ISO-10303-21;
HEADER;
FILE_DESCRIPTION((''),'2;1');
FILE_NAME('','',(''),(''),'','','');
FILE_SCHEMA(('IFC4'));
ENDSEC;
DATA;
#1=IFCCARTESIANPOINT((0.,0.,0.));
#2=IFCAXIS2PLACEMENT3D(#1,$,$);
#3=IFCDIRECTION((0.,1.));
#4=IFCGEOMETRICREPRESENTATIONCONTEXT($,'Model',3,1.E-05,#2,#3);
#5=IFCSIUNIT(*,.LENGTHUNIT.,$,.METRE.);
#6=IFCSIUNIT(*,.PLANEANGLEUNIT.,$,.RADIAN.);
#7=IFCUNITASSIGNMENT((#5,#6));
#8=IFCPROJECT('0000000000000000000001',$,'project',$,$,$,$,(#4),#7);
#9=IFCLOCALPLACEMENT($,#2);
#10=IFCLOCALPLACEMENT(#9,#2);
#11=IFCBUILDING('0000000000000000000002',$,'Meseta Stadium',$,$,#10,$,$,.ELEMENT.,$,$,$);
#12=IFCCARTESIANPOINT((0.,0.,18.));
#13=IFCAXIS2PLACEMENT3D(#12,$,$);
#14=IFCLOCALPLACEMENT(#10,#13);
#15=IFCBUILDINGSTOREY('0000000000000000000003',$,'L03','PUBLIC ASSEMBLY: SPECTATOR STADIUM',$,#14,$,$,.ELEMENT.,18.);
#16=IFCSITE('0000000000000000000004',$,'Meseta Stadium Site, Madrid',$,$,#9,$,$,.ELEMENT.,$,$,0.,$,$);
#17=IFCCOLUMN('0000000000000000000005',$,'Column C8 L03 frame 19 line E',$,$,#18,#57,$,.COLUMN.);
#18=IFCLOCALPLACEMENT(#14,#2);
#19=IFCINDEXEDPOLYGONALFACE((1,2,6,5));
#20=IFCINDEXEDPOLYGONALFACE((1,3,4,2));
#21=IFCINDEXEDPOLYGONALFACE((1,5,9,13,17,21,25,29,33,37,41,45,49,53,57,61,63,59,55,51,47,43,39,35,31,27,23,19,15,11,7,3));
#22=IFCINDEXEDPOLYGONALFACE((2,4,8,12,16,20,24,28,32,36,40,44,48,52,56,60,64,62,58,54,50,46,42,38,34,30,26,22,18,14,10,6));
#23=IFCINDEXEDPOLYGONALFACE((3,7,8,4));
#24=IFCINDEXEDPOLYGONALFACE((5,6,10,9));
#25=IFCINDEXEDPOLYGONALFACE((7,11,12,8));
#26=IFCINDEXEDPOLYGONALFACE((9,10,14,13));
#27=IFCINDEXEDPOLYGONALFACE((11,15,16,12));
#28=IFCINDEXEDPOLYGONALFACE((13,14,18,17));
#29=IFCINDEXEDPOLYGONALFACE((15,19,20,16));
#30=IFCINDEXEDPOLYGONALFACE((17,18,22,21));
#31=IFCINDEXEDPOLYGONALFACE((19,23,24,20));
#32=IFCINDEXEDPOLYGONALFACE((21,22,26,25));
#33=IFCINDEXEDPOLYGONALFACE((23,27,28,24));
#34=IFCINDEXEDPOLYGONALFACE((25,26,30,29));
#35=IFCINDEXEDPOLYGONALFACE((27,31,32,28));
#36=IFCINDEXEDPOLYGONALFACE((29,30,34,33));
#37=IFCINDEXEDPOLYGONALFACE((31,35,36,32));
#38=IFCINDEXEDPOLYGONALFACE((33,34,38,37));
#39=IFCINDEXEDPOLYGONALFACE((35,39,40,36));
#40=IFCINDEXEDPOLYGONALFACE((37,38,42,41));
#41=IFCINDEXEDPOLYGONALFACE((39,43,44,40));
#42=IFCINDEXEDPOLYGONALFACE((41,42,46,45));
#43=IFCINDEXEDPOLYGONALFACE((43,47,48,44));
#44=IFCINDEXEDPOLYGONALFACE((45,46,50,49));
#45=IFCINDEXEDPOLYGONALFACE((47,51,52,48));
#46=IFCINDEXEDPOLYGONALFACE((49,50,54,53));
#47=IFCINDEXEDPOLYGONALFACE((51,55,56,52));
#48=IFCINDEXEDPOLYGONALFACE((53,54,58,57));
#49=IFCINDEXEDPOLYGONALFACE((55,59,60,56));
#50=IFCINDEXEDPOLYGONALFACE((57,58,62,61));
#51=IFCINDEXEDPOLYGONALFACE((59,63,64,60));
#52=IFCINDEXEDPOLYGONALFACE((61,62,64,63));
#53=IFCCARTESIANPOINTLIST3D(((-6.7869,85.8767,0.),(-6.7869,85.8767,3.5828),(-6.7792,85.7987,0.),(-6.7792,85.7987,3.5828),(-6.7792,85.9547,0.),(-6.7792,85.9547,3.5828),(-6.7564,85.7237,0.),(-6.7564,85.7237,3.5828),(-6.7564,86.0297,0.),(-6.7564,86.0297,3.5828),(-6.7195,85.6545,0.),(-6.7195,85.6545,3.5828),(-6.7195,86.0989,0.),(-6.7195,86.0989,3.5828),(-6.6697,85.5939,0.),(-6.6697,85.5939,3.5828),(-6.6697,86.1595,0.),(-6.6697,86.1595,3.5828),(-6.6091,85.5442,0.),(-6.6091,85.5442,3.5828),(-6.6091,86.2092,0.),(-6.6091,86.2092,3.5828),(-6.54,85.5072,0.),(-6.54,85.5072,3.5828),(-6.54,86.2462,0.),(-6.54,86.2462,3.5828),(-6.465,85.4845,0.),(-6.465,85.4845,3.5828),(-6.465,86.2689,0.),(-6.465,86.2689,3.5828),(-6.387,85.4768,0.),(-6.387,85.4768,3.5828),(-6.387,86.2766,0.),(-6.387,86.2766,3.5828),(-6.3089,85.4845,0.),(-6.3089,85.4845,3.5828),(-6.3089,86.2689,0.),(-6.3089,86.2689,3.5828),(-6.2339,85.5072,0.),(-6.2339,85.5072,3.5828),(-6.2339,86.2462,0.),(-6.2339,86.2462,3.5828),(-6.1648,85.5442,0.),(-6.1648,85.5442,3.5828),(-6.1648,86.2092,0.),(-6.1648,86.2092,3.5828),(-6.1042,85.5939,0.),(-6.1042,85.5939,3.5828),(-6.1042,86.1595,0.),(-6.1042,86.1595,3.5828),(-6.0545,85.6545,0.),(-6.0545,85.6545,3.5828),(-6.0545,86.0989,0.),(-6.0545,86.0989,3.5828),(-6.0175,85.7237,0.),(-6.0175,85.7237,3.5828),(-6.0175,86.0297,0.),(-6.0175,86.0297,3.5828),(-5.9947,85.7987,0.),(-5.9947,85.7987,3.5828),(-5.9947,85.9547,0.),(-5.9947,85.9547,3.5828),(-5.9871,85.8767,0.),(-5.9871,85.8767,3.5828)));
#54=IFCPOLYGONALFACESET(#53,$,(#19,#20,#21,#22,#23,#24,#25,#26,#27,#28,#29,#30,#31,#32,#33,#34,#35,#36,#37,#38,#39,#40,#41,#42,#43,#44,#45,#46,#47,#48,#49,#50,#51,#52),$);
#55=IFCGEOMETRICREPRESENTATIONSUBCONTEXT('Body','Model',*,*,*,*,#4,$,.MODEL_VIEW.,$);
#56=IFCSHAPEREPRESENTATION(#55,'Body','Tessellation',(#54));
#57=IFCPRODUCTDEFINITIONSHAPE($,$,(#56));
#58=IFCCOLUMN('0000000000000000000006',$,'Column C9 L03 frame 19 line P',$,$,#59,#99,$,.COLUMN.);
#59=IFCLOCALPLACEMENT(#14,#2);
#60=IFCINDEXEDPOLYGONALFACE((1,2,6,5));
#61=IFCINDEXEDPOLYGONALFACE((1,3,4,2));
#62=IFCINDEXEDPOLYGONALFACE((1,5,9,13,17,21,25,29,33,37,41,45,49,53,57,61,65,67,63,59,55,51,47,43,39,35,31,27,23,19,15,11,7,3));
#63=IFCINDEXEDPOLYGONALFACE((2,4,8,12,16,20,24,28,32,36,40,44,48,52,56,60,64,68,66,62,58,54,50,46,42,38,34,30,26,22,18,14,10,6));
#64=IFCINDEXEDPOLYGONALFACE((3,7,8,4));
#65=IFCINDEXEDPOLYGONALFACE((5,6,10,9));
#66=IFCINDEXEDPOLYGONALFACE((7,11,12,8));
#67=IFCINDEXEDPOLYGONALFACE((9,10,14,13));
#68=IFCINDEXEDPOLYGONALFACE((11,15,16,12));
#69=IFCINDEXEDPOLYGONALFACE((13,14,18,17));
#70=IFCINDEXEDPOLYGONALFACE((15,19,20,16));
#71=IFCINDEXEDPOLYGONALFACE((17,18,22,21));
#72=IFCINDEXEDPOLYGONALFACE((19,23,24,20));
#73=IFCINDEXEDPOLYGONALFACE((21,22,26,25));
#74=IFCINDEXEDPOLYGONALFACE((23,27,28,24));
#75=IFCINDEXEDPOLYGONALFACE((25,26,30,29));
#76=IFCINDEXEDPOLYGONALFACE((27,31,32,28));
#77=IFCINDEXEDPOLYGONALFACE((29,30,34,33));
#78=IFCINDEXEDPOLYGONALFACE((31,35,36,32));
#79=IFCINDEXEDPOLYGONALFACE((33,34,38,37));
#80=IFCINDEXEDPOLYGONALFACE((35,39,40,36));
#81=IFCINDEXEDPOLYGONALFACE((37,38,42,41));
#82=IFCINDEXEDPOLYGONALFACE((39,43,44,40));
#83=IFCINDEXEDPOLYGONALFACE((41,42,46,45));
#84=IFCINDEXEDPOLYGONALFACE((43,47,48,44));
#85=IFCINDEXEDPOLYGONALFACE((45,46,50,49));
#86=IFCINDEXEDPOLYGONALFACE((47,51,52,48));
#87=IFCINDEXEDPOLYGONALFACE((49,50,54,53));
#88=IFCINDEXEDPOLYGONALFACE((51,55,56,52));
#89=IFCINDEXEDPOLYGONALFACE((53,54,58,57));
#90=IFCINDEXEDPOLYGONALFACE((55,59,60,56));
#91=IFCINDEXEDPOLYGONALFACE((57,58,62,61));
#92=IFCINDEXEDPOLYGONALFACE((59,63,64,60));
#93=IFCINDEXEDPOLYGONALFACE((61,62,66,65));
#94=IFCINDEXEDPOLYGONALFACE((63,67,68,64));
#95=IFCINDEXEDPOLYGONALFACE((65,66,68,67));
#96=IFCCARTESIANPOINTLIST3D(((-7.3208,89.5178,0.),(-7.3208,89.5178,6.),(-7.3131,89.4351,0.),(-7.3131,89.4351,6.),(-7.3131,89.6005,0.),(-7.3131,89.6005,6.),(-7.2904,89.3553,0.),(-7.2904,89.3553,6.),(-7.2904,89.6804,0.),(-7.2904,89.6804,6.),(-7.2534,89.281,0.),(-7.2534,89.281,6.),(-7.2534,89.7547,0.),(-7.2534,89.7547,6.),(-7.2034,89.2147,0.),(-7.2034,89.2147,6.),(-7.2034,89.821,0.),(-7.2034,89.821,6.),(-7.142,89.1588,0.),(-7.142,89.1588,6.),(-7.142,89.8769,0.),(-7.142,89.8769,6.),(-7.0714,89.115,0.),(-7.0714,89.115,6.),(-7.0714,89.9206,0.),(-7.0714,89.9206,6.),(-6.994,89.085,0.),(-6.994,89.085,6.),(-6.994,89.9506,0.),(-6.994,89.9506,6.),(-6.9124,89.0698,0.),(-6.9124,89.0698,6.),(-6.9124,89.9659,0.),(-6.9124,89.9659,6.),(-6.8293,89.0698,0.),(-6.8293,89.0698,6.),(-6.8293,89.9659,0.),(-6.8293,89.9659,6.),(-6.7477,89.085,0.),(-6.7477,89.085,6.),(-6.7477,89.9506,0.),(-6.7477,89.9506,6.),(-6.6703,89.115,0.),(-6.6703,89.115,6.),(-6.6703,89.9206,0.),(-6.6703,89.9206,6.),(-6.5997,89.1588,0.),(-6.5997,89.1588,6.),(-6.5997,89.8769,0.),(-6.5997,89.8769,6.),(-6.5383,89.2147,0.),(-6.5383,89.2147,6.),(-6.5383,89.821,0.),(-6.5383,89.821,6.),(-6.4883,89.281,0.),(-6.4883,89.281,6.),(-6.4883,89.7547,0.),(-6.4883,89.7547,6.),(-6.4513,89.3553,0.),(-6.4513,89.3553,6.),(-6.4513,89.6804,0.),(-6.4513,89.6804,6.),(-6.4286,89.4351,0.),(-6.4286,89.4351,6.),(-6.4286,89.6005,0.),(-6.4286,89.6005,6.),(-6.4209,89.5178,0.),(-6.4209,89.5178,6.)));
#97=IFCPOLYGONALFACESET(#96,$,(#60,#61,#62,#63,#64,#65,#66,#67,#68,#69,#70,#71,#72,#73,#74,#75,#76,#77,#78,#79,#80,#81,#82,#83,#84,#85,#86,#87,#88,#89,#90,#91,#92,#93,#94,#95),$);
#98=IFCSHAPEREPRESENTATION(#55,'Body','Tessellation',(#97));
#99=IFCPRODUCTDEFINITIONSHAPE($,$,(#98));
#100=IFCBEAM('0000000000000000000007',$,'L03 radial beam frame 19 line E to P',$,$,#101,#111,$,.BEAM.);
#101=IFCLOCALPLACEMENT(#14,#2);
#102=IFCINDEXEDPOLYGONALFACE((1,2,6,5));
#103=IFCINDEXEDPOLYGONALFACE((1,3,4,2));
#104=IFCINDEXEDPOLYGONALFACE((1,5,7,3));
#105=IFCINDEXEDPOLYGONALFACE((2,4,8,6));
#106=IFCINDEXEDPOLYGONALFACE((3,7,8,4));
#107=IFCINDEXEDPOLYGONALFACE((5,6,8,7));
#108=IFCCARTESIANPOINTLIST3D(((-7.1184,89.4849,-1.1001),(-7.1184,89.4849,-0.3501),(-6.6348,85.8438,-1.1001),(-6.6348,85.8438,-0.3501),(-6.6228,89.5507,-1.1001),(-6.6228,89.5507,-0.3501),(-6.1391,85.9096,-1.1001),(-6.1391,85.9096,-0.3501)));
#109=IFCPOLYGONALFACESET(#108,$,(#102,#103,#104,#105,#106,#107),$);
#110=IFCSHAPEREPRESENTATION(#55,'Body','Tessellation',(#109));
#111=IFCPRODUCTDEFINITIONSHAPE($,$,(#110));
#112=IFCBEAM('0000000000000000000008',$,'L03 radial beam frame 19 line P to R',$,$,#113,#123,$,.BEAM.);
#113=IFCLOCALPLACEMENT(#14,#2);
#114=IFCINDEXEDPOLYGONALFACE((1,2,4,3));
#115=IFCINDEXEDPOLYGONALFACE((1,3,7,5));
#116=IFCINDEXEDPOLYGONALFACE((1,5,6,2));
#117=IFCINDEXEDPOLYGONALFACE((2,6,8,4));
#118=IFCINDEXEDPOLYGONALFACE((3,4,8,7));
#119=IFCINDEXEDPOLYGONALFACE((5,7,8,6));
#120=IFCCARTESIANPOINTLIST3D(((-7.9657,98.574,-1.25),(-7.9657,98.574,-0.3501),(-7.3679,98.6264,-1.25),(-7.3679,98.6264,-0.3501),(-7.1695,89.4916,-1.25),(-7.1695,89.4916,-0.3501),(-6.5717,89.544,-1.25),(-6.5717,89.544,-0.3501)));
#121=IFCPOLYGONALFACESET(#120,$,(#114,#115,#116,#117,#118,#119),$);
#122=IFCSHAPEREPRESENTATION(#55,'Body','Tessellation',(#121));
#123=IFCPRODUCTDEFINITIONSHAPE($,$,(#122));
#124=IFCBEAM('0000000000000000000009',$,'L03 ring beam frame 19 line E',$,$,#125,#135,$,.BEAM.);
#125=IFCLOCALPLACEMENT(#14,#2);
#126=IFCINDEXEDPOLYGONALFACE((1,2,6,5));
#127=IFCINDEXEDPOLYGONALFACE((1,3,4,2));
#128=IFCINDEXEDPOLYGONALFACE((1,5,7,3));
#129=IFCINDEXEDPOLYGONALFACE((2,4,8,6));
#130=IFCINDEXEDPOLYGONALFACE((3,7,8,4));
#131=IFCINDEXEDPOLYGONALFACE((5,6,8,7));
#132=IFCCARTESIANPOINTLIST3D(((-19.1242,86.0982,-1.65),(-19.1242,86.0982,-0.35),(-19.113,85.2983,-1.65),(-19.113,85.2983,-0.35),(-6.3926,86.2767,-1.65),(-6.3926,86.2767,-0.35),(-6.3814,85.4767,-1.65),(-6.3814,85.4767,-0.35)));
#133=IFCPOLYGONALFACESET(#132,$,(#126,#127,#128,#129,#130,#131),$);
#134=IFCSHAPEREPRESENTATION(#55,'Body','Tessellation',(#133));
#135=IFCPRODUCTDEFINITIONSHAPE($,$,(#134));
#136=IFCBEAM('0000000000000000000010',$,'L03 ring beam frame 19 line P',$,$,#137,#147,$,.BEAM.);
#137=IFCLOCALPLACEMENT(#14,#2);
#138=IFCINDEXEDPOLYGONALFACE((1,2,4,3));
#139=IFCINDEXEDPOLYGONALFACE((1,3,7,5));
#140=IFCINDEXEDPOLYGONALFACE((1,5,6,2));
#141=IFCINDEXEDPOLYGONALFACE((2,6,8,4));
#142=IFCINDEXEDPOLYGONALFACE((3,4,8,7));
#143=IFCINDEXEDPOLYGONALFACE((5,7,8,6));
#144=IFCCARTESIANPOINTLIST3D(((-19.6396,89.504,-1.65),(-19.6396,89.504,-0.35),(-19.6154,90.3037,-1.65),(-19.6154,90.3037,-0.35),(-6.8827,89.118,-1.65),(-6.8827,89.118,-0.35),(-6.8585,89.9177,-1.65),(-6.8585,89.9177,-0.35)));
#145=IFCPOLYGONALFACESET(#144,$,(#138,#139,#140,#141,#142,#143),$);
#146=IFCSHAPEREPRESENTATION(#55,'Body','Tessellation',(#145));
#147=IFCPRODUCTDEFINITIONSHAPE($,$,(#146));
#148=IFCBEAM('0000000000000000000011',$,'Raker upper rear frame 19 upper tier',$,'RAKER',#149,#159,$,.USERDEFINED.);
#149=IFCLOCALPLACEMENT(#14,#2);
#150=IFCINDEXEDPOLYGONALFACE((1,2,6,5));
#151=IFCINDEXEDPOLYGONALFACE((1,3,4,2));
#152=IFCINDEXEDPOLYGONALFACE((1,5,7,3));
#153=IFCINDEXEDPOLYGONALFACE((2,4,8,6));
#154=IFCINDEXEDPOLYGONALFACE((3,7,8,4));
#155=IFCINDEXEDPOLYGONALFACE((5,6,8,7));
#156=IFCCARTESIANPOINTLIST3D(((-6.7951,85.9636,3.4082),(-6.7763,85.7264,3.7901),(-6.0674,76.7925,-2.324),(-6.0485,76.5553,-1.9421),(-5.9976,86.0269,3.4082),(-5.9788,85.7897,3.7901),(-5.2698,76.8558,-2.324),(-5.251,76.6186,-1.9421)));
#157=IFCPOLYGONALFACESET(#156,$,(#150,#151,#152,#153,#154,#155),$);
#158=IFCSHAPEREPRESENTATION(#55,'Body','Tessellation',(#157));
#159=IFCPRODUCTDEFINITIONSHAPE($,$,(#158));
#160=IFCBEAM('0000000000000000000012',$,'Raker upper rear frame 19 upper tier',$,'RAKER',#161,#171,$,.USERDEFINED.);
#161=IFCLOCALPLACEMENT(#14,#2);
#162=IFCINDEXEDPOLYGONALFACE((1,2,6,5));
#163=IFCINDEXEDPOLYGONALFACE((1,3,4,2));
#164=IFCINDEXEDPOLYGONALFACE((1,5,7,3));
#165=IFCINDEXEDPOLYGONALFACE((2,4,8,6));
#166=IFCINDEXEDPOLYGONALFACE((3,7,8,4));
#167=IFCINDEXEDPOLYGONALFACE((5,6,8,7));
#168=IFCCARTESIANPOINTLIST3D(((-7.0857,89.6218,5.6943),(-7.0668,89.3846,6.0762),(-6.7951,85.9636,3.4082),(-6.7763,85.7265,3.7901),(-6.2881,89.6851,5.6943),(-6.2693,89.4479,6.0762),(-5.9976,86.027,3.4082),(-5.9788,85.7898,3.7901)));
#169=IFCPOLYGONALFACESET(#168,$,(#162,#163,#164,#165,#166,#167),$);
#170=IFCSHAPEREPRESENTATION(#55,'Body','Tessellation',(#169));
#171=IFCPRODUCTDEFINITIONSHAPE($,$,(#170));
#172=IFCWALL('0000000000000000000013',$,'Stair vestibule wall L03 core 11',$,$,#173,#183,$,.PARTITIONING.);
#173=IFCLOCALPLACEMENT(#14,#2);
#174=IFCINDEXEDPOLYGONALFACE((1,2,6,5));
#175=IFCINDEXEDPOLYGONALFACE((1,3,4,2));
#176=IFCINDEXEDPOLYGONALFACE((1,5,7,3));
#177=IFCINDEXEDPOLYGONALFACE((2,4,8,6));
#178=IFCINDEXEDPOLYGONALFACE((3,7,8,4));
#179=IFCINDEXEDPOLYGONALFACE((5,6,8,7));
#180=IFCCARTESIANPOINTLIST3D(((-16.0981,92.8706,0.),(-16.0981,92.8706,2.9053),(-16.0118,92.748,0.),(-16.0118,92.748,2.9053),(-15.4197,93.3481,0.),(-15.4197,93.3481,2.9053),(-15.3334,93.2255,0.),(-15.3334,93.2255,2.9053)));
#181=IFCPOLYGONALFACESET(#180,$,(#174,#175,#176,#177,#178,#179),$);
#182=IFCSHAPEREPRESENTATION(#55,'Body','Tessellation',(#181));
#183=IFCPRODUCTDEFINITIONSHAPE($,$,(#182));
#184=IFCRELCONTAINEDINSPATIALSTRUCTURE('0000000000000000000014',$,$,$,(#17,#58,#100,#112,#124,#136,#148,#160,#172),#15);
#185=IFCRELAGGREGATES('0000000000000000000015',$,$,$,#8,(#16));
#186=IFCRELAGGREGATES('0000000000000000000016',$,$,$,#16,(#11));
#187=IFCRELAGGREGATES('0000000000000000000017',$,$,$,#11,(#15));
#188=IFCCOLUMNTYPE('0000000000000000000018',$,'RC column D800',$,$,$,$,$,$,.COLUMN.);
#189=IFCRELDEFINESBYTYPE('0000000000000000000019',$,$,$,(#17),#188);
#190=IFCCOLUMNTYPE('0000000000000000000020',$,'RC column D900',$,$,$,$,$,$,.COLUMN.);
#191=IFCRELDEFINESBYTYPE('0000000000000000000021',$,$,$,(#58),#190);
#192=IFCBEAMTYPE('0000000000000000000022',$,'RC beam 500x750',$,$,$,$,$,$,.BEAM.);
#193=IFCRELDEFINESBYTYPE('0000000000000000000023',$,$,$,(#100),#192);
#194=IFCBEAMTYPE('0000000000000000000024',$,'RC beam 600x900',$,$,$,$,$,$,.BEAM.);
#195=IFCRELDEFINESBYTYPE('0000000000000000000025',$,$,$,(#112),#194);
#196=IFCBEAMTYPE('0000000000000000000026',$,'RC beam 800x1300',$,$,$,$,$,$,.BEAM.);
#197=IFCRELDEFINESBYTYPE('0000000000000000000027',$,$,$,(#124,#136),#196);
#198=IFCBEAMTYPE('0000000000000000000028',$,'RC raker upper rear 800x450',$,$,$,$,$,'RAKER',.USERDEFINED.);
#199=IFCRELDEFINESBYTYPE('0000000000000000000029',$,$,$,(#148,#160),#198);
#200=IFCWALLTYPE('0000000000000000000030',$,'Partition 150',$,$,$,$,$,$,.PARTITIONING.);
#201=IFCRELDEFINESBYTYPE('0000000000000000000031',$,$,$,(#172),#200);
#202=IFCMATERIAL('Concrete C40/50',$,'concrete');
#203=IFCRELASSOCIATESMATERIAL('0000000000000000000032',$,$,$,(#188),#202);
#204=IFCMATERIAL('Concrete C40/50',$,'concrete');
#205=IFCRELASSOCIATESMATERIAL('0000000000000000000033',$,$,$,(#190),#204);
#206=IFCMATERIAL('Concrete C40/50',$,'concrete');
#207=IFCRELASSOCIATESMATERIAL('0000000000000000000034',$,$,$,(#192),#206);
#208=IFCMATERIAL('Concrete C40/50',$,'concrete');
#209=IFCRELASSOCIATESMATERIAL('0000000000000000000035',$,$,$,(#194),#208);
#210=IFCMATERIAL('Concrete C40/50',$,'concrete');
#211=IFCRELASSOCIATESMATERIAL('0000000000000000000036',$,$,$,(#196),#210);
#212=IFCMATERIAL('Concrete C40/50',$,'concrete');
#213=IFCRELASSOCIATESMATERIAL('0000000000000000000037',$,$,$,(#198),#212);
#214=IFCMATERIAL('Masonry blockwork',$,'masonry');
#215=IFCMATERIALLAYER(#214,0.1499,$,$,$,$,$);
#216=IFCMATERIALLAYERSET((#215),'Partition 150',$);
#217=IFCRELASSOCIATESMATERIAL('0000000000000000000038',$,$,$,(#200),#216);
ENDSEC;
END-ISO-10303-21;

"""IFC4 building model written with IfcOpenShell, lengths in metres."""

from ifc_helpers import new_model, si_unit, direction, frame, frame_2d, origin, origin_2d, place, context, subcontext, project, spatial, rectangle, circle, extrude, material, layer, layer_set, material_profile, profile_set, type_object, element, save


model = new_model("IFC4")

# Units and contexts
model_context = context("Model", 3, precision=1e-05, world=origin(), true_north=direction((0.0, 1.0)))
body_context = subcontext(model_context, "Body", "Model", "MODEL_VIEW")
ifc_project = project(units=[si_unit("LENGTHUNIT", "METRE"), si_unit("PLANEANGLEUNIT", "RADIAN")], contexts=[model_context])

# Site, building, storey
site_placement = place(None, origin())
site = spatial("IfcSite", under=ifc_project, at=site_placement, Name="Meseta Stadium Site, Madrid", CompositionType="ELEMENT", RefElevation=0.0)
building_placement = place(site_placement, origin())
building = spatial("IfcBuilding", under=site, at=building_placement, Name="Meseta Stadium", CompositionType="ELEMENT")
storey_placement = place(building_placement, frame((0.0, 0.0, 18.0)))
storey = spatial("IfcBuildingStorey", under=building, at=storey_placement, Name="L03", Description="PUBLIC ASSEMBLY: SPECTATOR STADIUM", CompositionType="ELEMENT", Elevation=18.0)

# Columns
ifc_material_1 = material(Name="Concrete C40/50", Category="concrete")
ifc_material_profile_1 = material_profile(ifc_material_1, circle(Radius=0.3999, at=origin_2d()), Name="RC D800")
ifc_profile_set_1 = profile_set([ifc_material_profile_1], Name="Concrete C40/50")
column_type_1 = type_object("IfcColumnType", Name="RC column D800", PredefinedType="COLUMN", material=ifc_profile_set_1)
column_1_placement = place(storey_placement, frame((-6.387, 85.8767, 0.0), z_axis=(0.0, 0.0, 1.0), x_axis=(1.0, 0.0, 0.0)))
element("IfcColumn", 1, at=column_1_placement, inside=storey, type_object=column_type_1, Name="Column C8 L03 frame 19 line E", PredefinedType="COLUMN", context=body_context, shape_type="SweptSolid", body=[
    extrude(circle(Radius=0.3999, at=origin_2d()), origin(), (0.0, 0.0, 1.0), 3.5828),
])
ifc_material_2 = material(Name="Concrete C40/50", Category="concrete")
ifc_material_profile_2 = material_profile(ifc_material_2, circle(Radius=0.45, at=origin_2d()), Name="RC D900")
ifc_profile_set_2 = profile_set([ifc_material_profile_2], Name="Concrete C40/50")
column_type_2 = type_object("IfcColumnType", Name="RC column D900", PredefinedType="COLUMN", material=ifc_profile_set_2)
column_2_placement = place(storey_placement, frame((-6.8708, 89.5178, 0.0), z_axis=(0.0, 0.0, 1.0), x_axis=(1.0, 0.0, 0.0)))
element("IfcColumn", 2, at=column_2_placement, inside=storey, type_object=column_type_2, Name="Column C9 L03 frame 19 line P", PredefinedType="COLUMN", context=body_context, shape_type="SweptSolid", body=[
    extrude(circle(Radius=0.45, at=origin_2d()), origin(), (0.0, 0.0, 1.0), 6.0),
])

# Beams
ifc_material_3 = material(Name="Concrete C40/50", Category="concrete")
ifc_material_profile_3 = material_profile(ifc_material_3, rectangle(XDim=0.5, YDim=0.75, at=origin_2d()), Name="RC 500x750")
ifc_profile_set_3 = profile_set([ifc_material_profile_3], Name="Concrete C40/50")
beam_type_1 = type_object("IfcBeamType", Name="RC beam 500x750", PredefinedType="BEAM", material=ifc_profile_set_3)
beam_1_placement = place(storey_placement, frame((-6.387, 85.8767, -0.7251), z_axis=(-0.131672, 0.991293, 0.0), x_axis=(-0.991293, -0.131672, 0.0)))
element("IfcBeam", 3, at=beam_1_placement, inside=storey, type_object=beam_type_1, Name="L03 radial beam frame 19 line E to P", PredefinedType="BEAM", context=body_context, shape_type="SweptSolid", body=[
    extrude(rectangle(XDim=0.5, YDim=0.75, at=origin_2d()), origin(), (0.0, 0.0, 1.0), 3.6731),
])
ifc_material_4 = material(Name="Concrete C40/50", Category="concrete")
ifc_material_profile_4 = material_profile(ifc_material_4, rectangle(XDim=0.6001, YDim=0.8999, at=origin_2d()), Name="RC 600x900")
ifc_profile_set_4 = profile_set([ifc_material_profile_4], Name="Concrete C40/50")
beam_type_2 = type_object("IfcBeamType", Name="RC beam 600x900", PredefinedType="BEAM", material=ifc_profile_set_4)
beam_2_placement = place(storey_placement, frame((-6.8706, 89.5178, -0.8), z_axis=(-0.087324, 0.99618, 0.0), x_axis=(-0.99618, -0.087324, 0.0)))
element("IfcBeam", 4, at=beam_2_placement, inside=storey, type_object=beam_type_2, Name="L03 radial beam frame 19 line P to R", PredefinedType="BEAM", context=body_context, shape_type="SweptSolid", body=[
    extrude(rectangle(XDim=0.6001, YDim=0.8999, at=origin_2d()), origin(), (0.0, 0.0, 1.0), 9.1172),
])
ifc_material_5 = material(Name="Concrete C40/50", Category="concrete")
ifc_material_profile_5 = material_profile(ifc_material_5, rectangle(XDim=0.8, YDim=1.3, at=origin_2d()), Name="RC 800x1300")
ifc_profile_set_5 = profile_set([ifc_material_profile_5], Name="Concrete C40/50")
beam_type_3 = type_object("IfcBeamType", Name="RC beam 800x1300", PredefinedType="BEAM", material=ifc_profile_set_5)
beam_3_placement = place(storey_placement, frame((-6.387, 85.8767, -1.0), z_axis=(-0.999902, -0.014016, 0.0), x_axis=(0.014016, -0.999902, 0.0)))
element("IfcBeam", 5, at=beam_3_placement, inside=storey, type_object=beam_type_3, Name="L03 ring beam frame 19 line E", PredefinedType="BEAM", context=body_context, shape_type="SweptSolid", body=[
    extrude(rectangle(XDim=0.8, YDim=1.3, at=origin_2d()), origin(), (0.0, 0.0, 1.0), 12.7329),
])
beam_4_placement = place(storey_placement, frame((-6.8706, 89.5178, -1.0), z_axis=(-0.999543, 0.030243, 0.0), x_axis=(-0.030243, -0.999543, 0.0)))
element("IfcBeam", 6, at=beam_4_placement, inside=storey, type_object=beam_type_3, Name="L03 ring beam frame 19 line P", PredefinedType="BEAM", context=body_context, shape_type="SweptSolid", body=[
    extrude(rectangle(XDim=0.8, YDim=1.3, at=origin_2d()), origin(), (0.0, 0.0, 1.0), 12.7627),
])
ifc_material_6 = material(Name="Concrete C40/50", Category="concrete")
ifc_material_profile_6 = material_profile(ifc_material_6, rectangle(XDim=0.8, YDim=0.45, at=origin_2d()), Name="RC 800x450")
ifc_profile_set_6 = profile_set([ifc_material_profile_6], Name="Concrete C40/50")
beam_type_4 = type_object("IfcBeamType", Name="RC raker upper rear 800x450", ElementType="RAKER", PredefinedType="USERDEFINED", material=ifc_profile_set_6)
beam_5_placement = place(storey_placement, frame((-5.6592, 76.7056, -2.1331), z_axis=(-0.067141, 0.846076, 0.528817), x_axis=(-0.996866, -0.079107, 0.0)))
element("IfcBeam", 7, at=beam_5_placement, inside=storey, type_object=beam_type_4, Name="Raker upper rear frame 19 upper tier", ObjectType="RAKER", PredefinedType="USERDEFINED", context=body_context, shape_type="SweptSolid", body=[
    extrude(rectangle(XDim=0.8, YDim=0.45, at=origin_2d()), origin(), (0.0, 0.0, 1.0), 10.8396),
])
beam_6_placement = place(storey_placement, frame((-6.387, 85.8767, 3.5991), z_axis=(-0.067196, 0.846107, 0.52876), x_axis=(-0.996861, -0.079169, 0.0)))
element("IfcBeam", 8, at=beam_6_placement, inside=storey, type_object=beam_type_4, Name="Raker upper rear frame 19 upper tier", ObjectType="RAKER", PredefinedType="USERDEFINED", context=body_context, shape_type="SweptSolid", body=[
    extrude(rectangle(XDim=0.8, YDim=0.45, at=origin_2d()), origin(), (0.0, 0.0, 1.0), 4.3235),
])

# Wall
ifc_material_7 = material(Name="Masonry blockwork", Category="masonry")
ifc_layer_1 = layer(ifc_material_7, 0.1499)
ifc_layer_set_1 = layer_set([ifc_layer_1], Name="Partition 150")
wall_type = type_object("IfcWallType", Name="Partition 150", PredefinedType="PARTITIONING", material=ifc_layer_set_1)
wall_1_placement = place(storey_placement, frame((-16.0549, 92.8093, 0.0), z_axis=(0.0, 0.0, 1.0), x_axis=(0.81775, 0.575574, 0.0)))
element("IfcWall", 9, at=wall_1_placement, inside=storey, type_object=wall_type, Name="Stair vestibule wall L03 core 11", PredefinedType="PARTITIONING", context=body_context, shape_type="SweptSolid", body=[
    extrude(rectangle(XDim=0.8296, YDim=0.1499, at=frame_2d((0.4148, 0.0))), origin(), (0.0, 0.0, 1.0), 2.9053),
])

save(model, "model.ifc")
